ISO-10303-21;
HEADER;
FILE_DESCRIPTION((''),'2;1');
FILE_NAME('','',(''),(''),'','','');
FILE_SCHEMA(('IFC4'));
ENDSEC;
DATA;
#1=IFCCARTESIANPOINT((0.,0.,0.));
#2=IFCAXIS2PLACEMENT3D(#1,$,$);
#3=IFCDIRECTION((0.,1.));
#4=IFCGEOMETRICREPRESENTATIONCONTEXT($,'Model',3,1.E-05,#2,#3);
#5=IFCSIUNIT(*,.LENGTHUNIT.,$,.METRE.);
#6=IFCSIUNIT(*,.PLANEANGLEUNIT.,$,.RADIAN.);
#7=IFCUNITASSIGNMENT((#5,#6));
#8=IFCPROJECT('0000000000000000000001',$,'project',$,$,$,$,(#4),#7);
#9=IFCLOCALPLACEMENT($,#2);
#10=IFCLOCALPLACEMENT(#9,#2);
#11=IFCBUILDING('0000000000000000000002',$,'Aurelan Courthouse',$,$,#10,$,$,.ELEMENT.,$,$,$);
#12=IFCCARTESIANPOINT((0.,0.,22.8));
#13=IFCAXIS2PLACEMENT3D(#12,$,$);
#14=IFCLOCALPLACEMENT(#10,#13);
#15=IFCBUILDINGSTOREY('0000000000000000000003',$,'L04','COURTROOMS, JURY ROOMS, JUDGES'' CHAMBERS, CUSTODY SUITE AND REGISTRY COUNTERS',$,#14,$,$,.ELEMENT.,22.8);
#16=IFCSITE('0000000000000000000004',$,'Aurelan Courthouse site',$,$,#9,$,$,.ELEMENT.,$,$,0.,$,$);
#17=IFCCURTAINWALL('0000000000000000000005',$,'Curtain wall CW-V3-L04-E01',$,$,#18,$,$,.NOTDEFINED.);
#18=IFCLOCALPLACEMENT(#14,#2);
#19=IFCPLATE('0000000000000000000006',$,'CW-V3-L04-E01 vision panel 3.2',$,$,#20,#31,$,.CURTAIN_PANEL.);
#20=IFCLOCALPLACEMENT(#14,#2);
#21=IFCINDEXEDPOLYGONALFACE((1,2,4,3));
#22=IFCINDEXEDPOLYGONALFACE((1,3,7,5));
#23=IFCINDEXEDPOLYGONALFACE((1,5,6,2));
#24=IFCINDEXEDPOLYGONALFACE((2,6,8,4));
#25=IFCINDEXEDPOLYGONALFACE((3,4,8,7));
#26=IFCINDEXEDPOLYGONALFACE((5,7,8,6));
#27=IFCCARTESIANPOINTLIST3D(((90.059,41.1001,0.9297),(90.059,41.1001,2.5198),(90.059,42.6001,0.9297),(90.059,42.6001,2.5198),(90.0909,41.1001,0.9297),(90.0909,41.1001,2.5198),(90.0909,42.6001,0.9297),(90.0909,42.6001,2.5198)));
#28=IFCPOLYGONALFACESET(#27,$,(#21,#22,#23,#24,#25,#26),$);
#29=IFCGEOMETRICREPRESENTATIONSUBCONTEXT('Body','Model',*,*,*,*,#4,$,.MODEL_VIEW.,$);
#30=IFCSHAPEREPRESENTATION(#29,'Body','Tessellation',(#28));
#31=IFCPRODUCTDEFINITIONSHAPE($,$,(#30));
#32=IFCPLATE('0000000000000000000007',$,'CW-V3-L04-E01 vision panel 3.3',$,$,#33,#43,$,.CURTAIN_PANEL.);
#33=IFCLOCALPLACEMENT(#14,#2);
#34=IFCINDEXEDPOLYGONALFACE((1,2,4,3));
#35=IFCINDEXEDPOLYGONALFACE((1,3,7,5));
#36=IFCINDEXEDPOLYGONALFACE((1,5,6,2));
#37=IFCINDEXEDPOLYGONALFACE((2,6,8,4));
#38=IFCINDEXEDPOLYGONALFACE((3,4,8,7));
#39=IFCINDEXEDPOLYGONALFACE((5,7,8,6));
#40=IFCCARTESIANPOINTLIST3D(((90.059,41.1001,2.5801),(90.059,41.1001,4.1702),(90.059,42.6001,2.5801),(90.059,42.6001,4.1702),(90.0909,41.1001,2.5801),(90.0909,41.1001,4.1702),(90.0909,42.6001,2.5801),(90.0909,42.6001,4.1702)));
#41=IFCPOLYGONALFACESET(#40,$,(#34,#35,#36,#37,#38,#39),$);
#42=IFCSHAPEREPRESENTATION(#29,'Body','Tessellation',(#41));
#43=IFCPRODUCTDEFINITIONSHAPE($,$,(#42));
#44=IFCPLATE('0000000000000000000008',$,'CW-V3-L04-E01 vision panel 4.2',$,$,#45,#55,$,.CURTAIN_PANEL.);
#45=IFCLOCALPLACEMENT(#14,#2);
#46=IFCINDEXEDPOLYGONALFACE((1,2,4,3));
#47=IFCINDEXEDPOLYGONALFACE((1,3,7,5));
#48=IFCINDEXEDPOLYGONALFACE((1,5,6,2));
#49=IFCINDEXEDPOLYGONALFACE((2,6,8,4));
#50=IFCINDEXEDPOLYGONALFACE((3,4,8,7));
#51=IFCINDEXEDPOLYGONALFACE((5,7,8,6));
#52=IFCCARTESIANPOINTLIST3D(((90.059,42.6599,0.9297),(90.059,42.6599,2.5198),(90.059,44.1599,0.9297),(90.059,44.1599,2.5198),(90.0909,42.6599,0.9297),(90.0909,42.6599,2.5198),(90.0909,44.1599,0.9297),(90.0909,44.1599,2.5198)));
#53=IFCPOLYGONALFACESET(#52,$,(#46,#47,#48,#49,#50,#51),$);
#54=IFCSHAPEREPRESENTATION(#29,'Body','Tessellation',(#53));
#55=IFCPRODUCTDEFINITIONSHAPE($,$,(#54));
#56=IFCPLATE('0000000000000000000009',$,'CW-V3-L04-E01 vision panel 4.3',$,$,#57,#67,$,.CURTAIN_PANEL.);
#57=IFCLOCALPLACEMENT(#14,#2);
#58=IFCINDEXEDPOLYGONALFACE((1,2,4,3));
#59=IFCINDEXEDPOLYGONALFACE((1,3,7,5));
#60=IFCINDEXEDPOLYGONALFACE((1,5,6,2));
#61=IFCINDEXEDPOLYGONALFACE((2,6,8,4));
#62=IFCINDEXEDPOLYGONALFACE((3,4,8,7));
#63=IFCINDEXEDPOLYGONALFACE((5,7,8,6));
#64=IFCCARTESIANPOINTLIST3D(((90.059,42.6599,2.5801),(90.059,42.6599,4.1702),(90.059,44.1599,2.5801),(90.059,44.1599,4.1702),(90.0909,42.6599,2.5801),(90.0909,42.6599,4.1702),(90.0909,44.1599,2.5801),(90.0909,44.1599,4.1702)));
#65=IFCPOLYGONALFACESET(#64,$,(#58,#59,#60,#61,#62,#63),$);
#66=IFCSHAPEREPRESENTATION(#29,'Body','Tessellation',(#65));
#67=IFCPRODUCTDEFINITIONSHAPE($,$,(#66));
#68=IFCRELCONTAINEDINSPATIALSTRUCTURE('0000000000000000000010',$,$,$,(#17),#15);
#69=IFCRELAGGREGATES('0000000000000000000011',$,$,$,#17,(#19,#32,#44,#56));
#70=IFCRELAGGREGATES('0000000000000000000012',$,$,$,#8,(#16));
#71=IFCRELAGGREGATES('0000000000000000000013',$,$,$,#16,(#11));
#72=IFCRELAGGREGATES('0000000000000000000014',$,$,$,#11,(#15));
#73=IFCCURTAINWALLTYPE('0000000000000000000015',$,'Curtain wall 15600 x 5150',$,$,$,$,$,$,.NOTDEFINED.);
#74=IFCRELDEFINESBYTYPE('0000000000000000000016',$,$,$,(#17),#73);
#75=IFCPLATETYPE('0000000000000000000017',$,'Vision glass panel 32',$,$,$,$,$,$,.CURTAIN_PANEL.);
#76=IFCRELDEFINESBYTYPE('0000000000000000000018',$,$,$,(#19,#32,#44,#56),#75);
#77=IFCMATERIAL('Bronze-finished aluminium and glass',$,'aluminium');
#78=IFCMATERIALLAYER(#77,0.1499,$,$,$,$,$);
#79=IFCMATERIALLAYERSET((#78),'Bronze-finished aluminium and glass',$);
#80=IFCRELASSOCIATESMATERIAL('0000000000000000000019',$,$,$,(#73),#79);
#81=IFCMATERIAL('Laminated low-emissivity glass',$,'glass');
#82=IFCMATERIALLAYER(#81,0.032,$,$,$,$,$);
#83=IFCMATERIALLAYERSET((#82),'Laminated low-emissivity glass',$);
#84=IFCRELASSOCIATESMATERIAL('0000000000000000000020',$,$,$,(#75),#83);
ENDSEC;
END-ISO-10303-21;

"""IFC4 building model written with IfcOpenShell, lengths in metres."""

from ifc_helpers import new_model, si_unit, direction, frame, origin, origin_2d, place, context, subcontext, project, spatial, rectangle, extrude, material, layer, layer_set, type_object, element, aggregate, save


model = new_model("IFC4")

# Units and contexts
model_context = context("Model", 3, precision=1e-05, world=origin(), true_north=direction((0.0, 1.0)))
body_context = subcontext(model_context, "Body", "Model", "MODEL_VIEW")
ifc_project = project(units=[si_unit("LENGTHUNIT", "METRE"), si_unit("PLANEANGLEUNIT", "RADIAN")], contexts=[model_context])

# Site, building, storey
site_placement = place(None, origin())
site = spatial("IfcSite", under=ifc_project, at=site_placement, Name="Aurelan Courthouse site", CompositionType="ELEMENT", RefElevation=0.0)
building_placement = place(site_placement, origin())
building = spatial("IfcBuilding", under=site, at=building_placement, Name="Aurelan Courthouse", CompositionType="ELEMENT")
storey_placement = place(building_placement, frame((0.0, 0.0, 22.8)))
storey = spatial("IfcBuildingStorey", under=building, at=storey_placement, Name="L04", Description="COURTROOMS, JURY ROOMS, JUDGES' CHAMBERS, CUSTODY SUITE AND REGISTRY COUNTERS", CompositionType="ELEMENT", Elevation=22.8)

# Curtain wall, plates
ifc_material_1 = material(Name="Bronze-finished aluminium and glass", Category="aluminium")
ifc_layer_1 = layer(ifc_material_1, 0.1499)
ifc_layer_set_1 = layer_set([ifc_layer_1], Name="Bronze-finished aluminium and glass")
curtain_wall_type = type_object("IfcCurtainWallType", Name="Curtain wall 15600 x 5150", PredefinedType="NOTDEFINED", material=ifc_layer_set_1)
curtain_wall_placement = place(storey_placement, origin())
curtain_wall = element("IfcCurtainWall", 1, at=curtain_wall_placement, inside=storey, type_object=curtain_wall_type, Name="Curtain wall CW-V3-L04-E01", PredefinedType="NOTDEFINED")
ifc_material_2 = material(Name="Laminated low-emissivity glass", Category="glass")
ifc_layer_2 = layer(ifc_material_2, 0.032)
ifc_layer_set_2 = layer_set([ifc_layer_2], Name="Laminated low-emissivity glass")
plate_type_1 = type_object("IfcPlateType", Name="Vision glass panel 32", PredefinedType="CURTAIN_PANEL", material=ifc_layer_set_2)
plate_1_placement = place(storey_placement, frame((90.075, 41.8501, 0.9297), z_axis=(0.0, 0.0, 1.0), x_axis=(0.0, 1.0, 0.0)))
plate_1 = element("IfcPlate", 2, at=plate_1_placement, type_object=plate_type_1, Name="CW-V3-L04-E01 vision panel 3.2", PredefinedType="CURTAIN_PANEL", context=body_context, shape_type="SweptSolid", body=[
    extrude(rectangle(XDim=1.5, YDim=0.032, at=origin_2d()), origin(), (0.0, 0.0, 1.0), 1.5901),
])
plate_2_placement = place(storey_placement, frame((90.075, 41.8501, 2.5801), z_axis=(0.0, 0.0, 1.0), x_axis=(0.0, 1.0, 0.0)))
plate_2 = element("IfcPlate", 3, at=plate_2_placement, type_object=plate_type_1, Name="CW-V3-L04-E01 vision panel 3.3", PredefinedType="CURTAIN_PANEL", context=body_context, shape_type="SweptSolid", body=[
    extrude(rectangle(XDim=1.5, YDim=0.032, at=origin_2d()), origin(), (0.0, 0.0, 1.0), 1.5901),
])
plate_3_placement = place(storey_placement, frame((90.075, 43.4099, 0.9297), z_axis=(0.0, 0.0, 1.0), x_axis=(0.0, 1.0, 0.0)))
plate_3 = element("IfcPlate", 4, at=plate_3_placement, type_object=plate_type_1, Name="CW-V3-L04-E01 vision panel 4.2", PredefinedType="CURTAIN_PANEL", context=body_context, shape_type="SweptSolid", body=[
    extrude(rectangle(XDim=1.5, YDim=0.032, at=origin_2d()), origin(), (0.0, 0.0, 1.0), 1.5901),
])
plate_4_placement = place(storey_placement, frame((90.075, 43.4099, 2.5801), z_axis=(0.0, 0.0, 1.0), x_axis=(0.0, 1.0, 0.0)))
plate_4 = element("IfcPlate", 5, at=plate_4_placement, type_object=plate_type_1, Name="CW-V3-L04-E01 vision panel 4.3", PredefinedType="CURTAIN_PANEL", context=body_context, shape_type="SweptSolid", body=[
    extrude(rectangle(XDim=1.5, YDim=0.032, at=origin_2d()), origin(), (0.0, 0.0, 1.0), 1.5901),
])
aggregate(curtain_wall, [plate_1, plate_2, plate_3, plate_4])

save(model, "model.ifc")
